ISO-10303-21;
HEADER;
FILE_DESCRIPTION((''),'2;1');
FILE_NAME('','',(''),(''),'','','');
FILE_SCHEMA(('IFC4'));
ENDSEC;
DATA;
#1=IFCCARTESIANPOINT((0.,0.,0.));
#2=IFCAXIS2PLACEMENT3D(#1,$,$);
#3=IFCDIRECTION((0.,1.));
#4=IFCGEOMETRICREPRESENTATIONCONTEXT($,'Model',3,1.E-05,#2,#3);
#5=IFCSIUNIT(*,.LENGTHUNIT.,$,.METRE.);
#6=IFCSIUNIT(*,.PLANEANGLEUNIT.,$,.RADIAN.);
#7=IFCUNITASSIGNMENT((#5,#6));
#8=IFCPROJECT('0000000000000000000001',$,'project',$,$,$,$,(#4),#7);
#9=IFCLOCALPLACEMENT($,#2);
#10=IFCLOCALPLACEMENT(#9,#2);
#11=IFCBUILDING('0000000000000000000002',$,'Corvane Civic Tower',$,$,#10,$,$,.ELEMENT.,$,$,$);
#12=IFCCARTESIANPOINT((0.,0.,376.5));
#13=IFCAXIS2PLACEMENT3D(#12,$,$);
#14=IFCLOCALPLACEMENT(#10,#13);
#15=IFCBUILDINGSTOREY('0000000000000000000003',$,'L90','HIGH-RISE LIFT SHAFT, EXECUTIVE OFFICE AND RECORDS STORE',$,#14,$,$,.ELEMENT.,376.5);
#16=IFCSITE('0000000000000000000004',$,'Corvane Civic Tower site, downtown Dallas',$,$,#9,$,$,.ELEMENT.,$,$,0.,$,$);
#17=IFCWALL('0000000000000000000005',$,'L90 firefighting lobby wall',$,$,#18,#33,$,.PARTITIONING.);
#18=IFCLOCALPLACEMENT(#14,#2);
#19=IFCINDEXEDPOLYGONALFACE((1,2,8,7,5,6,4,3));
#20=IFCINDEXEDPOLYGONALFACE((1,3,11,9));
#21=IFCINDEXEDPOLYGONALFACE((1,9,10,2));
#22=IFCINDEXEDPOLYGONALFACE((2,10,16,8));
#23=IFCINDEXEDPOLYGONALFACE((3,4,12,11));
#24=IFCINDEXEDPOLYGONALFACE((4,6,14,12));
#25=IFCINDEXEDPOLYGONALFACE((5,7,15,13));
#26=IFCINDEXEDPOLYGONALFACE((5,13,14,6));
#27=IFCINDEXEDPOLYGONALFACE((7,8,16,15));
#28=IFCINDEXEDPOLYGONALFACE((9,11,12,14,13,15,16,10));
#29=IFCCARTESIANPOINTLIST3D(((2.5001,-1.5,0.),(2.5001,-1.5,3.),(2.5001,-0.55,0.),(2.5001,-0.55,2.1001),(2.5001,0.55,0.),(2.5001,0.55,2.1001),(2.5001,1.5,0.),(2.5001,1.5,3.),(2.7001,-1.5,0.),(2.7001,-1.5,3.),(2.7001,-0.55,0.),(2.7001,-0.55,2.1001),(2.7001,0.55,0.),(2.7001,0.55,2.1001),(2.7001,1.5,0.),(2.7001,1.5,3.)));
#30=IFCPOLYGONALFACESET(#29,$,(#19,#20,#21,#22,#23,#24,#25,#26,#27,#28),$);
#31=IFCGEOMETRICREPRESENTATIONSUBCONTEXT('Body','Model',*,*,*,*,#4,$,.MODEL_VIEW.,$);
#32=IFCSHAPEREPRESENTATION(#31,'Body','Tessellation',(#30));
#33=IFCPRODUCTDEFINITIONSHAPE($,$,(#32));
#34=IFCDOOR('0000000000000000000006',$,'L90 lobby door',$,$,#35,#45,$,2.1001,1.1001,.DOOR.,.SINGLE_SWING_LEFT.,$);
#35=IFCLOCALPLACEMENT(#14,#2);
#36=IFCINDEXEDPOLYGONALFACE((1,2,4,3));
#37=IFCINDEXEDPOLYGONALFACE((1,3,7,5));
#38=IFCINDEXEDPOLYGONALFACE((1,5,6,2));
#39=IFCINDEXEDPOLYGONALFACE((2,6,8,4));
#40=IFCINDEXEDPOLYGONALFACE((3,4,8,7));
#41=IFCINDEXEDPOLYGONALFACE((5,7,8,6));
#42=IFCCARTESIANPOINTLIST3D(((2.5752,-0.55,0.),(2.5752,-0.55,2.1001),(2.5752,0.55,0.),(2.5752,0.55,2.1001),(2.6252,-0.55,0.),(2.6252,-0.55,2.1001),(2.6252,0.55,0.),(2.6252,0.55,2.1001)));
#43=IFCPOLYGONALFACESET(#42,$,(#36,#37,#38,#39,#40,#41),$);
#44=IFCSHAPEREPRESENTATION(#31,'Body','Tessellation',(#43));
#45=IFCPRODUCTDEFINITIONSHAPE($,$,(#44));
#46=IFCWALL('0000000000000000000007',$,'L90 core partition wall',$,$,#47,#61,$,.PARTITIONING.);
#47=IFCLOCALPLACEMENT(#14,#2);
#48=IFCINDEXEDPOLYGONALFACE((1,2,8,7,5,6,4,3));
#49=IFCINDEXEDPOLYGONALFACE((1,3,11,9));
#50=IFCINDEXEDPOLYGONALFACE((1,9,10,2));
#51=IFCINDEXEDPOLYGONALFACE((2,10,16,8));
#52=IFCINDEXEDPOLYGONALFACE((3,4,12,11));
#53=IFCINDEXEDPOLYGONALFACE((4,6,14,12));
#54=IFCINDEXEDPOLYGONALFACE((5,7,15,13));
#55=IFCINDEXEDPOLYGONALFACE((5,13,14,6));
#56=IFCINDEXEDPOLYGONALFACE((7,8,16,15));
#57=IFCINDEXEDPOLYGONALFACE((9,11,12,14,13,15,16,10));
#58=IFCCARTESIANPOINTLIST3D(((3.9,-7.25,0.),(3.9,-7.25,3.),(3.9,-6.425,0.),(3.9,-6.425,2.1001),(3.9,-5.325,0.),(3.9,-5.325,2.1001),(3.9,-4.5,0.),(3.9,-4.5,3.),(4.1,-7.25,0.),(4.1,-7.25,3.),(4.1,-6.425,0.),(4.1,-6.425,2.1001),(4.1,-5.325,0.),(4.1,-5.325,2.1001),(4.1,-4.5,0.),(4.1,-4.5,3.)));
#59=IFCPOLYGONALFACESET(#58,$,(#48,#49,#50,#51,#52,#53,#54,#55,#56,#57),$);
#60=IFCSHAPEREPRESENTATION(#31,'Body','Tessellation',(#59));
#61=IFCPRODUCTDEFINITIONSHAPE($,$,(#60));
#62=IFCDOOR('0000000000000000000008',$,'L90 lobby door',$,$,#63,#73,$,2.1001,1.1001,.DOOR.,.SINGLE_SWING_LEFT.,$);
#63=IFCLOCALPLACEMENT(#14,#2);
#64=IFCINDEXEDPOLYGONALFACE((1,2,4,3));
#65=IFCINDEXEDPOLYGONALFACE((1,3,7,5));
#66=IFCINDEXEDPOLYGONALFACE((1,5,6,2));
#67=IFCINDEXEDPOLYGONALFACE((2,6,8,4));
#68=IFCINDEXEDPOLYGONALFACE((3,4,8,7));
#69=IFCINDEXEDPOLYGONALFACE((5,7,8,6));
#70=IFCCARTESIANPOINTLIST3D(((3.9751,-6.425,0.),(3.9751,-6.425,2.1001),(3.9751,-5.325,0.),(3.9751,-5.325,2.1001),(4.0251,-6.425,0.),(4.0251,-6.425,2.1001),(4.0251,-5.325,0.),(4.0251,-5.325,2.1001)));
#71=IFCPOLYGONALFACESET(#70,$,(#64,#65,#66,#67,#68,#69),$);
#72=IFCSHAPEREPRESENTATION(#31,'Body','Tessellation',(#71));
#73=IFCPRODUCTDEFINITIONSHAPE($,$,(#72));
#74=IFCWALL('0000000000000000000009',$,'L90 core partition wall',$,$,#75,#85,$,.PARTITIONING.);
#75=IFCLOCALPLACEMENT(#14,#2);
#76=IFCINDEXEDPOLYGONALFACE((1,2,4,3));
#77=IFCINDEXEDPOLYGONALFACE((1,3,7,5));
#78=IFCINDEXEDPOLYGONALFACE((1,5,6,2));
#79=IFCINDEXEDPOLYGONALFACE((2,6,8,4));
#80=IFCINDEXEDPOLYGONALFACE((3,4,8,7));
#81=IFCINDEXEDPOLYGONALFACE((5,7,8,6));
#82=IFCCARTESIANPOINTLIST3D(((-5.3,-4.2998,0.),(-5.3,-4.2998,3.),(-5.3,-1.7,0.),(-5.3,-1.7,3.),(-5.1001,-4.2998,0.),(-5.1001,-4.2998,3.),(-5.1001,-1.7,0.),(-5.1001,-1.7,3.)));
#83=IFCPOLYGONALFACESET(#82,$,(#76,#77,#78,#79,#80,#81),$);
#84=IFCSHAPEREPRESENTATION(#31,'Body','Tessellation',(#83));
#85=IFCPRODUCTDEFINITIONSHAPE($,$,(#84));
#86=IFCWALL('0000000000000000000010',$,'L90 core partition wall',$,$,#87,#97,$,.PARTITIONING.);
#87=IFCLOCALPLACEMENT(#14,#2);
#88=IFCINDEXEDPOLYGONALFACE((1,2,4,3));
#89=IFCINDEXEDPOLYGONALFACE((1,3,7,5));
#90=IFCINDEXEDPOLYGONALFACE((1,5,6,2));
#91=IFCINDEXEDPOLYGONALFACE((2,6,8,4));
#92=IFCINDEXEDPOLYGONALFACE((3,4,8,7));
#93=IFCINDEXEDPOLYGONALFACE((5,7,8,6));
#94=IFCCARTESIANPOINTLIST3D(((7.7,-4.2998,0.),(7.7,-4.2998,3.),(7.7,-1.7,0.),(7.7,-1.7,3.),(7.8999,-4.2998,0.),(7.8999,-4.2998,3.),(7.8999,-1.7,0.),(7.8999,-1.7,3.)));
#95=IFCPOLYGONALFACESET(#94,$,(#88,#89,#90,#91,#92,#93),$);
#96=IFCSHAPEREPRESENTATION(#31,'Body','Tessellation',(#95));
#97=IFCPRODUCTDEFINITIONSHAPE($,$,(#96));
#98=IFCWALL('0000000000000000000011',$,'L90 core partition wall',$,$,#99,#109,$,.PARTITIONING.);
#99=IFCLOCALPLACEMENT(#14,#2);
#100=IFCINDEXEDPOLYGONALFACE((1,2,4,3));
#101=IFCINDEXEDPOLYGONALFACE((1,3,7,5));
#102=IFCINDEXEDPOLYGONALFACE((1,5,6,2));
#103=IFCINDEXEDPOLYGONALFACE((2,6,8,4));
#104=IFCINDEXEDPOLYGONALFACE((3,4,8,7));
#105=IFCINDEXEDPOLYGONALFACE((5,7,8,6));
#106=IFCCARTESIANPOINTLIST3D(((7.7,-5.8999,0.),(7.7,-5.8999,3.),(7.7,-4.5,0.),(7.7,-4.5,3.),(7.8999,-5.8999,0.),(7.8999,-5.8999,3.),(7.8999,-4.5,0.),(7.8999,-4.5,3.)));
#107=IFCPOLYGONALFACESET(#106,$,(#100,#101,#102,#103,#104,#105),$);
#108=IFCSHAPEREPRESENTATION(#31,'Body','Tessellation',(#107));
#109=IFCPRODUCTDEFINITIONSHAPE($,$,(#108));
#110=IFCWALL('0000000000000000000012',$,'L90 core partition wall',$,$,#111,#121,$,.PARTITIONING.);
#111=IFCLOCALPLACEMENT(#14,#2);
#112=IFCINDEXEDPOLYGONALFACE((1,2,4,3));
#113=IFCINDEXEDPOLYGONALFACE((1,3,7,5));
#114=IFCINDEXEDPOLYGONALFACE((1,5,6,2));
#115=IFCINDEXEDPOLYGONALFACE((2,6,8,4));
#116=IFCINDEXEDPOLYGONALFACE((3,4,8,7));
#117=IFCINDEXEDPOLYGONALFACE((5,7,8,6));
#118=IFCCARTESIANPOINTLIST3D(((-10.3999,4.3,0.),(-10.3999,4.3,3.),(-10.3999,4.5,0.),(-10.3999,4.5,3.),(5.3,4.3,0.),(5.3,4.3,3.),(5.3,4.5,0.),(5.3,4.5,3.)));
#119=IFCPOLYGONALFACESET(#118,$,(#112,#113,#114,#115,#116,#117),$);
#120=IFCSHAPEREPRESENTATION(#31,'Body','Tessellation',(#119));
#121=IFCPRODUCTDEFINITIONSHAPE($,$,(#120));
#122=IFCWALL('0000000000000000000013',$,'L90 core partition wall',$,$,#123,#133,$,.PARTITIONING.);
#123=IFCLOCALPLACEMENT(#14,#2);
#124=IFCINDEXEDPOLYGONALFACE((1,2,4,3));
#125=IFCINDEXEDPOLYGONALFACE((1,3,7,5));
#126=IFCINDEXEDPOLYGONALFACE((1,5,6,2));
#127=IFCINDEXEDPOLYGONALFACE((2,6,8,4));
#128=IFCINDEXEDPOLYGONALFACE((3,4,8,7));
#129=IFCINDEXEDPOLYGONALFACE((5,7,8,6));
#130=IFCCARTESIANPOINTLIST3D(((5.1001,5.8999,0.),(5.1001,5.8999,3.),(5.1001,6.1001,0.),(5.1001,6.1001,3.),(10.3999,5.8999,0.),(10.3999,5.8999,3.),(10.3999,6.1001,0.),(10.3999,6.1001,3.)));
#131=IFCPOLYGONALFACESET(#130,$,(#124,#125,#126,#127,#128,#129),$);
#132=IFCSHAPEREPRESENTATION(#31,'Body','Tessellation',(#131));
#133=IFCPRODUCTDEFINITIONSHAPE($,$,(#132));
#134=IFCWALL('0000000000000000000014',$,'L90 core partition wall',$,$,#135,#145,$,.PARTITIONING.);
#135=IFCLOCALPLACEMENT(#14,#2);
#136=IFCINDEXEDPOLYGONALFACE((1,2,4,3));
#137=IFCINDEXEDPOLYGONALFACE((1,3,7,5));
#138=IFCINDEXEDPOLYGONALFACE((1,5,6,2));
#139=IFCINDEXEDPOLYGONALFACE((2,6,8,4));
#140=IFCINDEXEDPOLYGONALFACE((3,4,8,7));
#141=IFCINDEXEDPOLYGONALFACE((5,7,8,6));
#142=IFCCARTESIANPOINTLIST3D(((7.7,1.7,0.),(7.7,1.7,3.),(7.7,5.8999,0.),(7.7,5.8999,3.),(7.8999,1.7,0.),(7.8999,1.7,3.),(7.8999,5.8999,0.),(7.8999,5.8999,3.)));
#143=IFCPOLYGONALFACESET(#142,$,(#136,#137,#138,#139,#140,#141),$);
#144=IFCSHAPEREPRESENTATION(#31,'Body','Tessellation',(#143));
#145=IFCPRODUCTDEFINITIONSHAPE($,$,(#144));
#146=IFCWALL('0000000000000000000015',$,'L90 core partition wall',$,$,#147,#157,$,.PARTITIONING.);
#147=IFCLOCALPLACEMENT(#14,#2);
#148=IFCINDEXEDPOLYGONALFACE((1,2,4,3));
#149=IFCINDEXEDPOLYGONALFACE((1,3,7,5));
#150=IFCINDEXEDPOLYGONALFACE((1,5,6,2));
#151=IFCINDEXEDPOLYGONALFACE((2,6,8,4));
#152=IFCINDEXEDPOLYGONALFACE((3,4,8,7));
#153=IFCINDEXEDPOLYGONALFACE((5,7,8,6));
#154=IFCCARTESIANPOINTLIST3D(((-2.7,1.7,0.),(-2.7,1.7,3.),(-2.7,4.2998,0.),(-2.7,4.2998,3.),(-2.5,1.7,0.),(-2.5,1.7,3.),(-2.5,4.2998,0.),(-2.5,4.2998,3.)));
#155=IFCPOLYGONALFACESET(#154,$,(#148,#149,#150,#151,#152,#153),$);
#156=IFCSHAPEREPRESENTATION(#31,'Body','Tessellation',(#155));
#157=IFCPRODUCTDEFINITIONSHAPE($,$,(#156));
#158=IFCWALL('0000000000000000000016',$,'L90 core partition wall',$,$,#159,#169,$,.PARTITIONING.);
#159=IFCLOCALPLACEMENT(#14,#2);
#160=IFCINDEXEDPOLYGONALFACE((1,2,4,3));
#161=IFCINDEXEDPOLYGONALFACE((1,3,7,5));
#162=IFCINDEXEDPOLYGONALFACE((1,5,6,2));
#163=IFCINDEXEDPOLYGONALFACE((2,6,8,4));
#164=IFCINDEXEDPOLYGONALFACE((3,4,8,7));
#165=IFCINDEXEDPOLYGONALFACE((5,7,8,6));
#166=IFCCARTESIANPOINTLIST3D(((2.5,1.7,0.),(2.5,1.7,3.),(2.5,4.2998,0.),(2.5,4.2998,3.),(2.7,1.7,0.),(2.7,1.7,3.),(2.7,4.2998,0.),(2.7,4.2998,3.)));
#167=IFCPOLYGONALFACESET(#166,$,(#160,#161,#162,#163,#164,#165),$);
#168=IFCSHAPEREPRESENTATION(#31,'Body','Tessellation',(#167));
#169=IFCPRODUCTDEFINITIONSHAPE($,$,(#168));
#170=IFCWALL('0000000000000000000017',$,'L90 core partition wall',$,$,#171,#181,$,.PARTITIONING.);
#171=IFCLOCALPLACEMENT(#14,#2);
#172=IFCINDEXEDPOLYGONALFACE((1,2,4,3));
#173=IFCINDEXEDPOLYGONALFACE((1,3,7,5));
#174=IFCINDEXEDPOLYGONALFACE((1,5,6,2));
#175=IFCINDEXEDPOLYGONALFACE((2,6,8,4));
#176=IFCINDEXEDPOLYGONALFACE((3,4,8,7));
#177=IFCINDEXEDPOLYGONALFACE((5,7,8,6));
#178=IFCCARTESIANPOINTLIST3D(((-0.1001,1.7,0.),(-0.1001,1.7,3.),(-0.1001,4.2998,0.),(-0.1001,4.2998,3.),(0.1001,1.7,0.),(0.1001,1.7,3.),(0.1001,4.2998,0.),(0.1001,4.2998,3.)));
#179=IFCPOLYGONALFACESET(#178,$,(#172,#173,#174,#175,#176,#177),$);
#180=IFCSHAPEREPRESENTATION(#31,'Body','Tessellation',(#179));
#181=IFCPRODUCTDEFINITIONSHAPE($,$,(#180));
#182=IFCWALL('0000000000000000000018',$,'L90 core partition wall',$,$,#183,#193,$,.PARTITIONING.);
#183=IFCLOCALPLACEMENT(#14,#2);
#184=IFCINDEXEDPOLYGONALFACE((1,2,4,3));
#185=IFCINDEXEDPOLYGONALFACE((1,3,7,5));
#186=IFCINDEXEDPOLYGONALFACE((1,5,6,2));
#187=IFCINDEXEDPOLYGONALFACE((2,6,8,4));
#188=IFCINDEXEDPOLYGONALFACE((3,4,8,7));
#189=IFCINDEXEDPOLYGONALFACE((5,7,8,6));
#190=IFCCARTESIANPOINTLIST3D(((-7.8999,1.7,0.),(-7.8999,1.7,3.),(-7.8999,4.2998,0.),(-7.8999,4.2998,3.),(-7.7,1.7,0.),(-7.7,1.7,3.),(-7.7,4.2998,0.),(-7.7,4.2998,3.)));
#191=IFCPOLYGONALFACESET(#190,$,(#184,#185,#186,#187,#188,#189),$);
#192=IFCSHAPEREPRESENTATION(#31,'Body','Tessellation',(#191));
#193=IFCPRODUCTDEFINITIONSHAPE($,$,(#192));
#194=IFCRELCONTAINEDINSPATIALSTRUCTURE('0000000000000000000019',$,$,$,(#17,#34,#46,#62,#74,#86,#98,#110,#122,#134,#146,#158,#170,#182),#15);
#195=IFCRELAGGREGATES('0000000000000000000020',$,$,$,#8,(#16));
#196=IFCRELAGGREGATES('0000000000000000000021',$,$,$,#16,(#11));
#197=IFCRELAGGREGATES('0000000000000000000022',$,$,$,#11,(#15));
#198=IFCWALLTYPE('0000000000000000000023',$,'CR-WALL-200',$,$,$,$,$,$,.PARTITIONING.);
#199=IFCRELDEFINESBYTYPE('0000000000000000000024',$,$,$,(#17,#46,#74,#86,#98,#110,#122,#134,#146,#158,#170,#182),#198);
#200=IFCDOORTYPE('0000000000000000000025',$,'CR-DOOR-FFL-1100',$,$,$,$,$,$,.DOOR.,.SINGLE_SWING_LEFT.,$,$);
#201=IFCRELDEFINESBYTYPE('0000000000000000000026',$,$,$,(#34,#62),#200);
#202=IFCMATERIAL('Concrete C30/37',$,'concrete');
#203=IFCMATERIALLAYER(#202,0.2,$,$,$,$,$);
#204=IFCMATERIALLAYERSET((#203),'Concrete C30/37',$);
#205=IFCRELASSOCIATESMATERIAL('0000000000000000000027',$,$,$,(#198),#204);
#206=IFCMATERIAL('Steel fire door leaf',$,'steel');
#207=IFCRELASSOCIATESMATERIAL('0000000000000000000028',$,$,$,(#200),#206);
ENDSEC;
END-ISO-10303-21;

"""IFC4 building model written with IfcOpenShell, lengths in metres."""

from ifc_helpers import new_model, si_unit, direction, frame, frame_2d, origin, place, context, subcontext, project, spatial, polyline, rectangle, outline, extrude, material, layer, layer_set, type_object, element, fill, save


model = new_model("IFC4")

# Units and contexts
model_context = context("Model", 3, precision=1e-05, world=origin(), true_north=direction((0.0, 1.0)))
body_context = subcontext(model_context, "Body", "Model", "MODEL_VIEW")
ifc_project = project(units=[si_unit("LENGTHUNIT", "METRE"), si_unit("PLANEANGLEUNIT", "RADIAN")], contexts=[model_context])

# Site, building, storey
site_placement = place(None, origin())
site = spatial("IfcSite", under=ifc_project, at=site_placement, Name="Corvane Civic Tower site, downtown Dallas", CompositionType="ELEMENT", RefElevation=0.0)
building_placement = place(site_placement, origin())
building = spatial("IfcBuilding", under=site, at=building_placement, Name="Corvane Civic Tower", CompositionType="ELEMENT")
storey_placement = place(building_placement, frame((0.0, 0.0, 376.5)))
storey = spatial("IfcBuildingStorey", under=building, at=storey_placement, Name="L90", Description="HIGH-RISE LIFT SHAFT, EXECUTIVE OFFICE AND RECORDS STORE", CompositionType="ELEMENT", Elevation=376.5)

# Walls, openings, doors
ifc_material_1 = material(Name="Concrete C30/37", Category="concrete")
ifc_layer_1 = layer(ifc_material_1, 0.2)
ifc_layer_set_1 = layer_set([ifc_layer_1], Name="Concrete C30/37")
wall_type_1 = type_object("IfcWallType", Name="CR-WALL-200", PredefinedType="PARTITIONING", material=ifc_layer_set_1)
wall_1_placement = place(storey_placement, frame((2.6001, -1.5, 0.0), z_axis=(0.0, 0.0, 1.0), x_axis=(0.0, 1.0, 0.0)))
wall_1 = element("IfcWall", 1, at=wall_1_placement, inside=storey, type_object=wall_type_1, Name="L90 firefighting lobby wall", PredefinedType="PARTITIONING", context=body_context, shape_type="SweptSolid", body=[
    extrude(rectangle(XDim=3.0, YDim=0.2, at=frame_2d((1.5, 0.0))), origin(), (0.0, 0.0, 1.0), 3.0),
])
opening_1_placement = place(wall_1_placement, frame((0.95, 0.0, 0.0)))
opening_1 = element("IfcOpeningElement", 2, at=opening_1_placement, cuts=wall_1, PredefinedType="OPENING", context=body_context, shape_type="SweptSolid", body=[
    extrude(rectangle(XDim=1.1001, YDim=2.1001, at=frame_2d((0.55, 1.05))), frame((0.0, 0.1099, 0.0), z_axis=(0.0, -1.0, 0.0), x_axis=(1.0, 0.0, 0.0)), (0.0, 0.0, 1.0), 0.22),
])
ifc_material_2 = material(Name="Steel fire door leaf", Category="steel")
door_type_1 = type_object("IfcDoorType", Name="CR-DOOR-FFL-1100", OperationType="SINGLE_SWING_LEFT", PredefinedType="DOOR", material=ifc_material_2)
door_1_placement = place(opening_1_placement, origin())
door_1 = element("IfcDoor", 3, at=door_1_placement, inside=storey, type_object=door_type_1, Name="L90 lobby door", OperationType="SINGLE_SWING_LEFT", OverallHeight=2.1001, OverallWidth=1.1001, PredefinedType="DOOR", context=body_context, shape_type="SweptSolid", body=[
    extrude(rectangle(XDim=1.1001, YDim=2.1001, at=frame_2d((0.55, 1.05))), frame((0.0, 0.0249, 0.0), z_axis=(0.0, -1.0, 0.0), x_axis=(1.0, 0.0, 0.0)), (0.0, 0.0, 1.0), 0.05),
])
fill(opening_1, door_1)
wall_2_placement = place(storey_placement, frame((4.0, -7.25, 0.0), z_axis=(0.0, 0.0, 1.0), x_axis=(0.0, 1.0, 0.0)))
wall_2 = element("IfcWall", 4, at=wall_2_placement, inside=storey, type_object=wall_type_1, Name="L90 core partition wall", PredefinedType="PARTITIONING", context=body_context, shape_type="SweptSolid", body=[
    extrude(rectangle(XDim=2.75, YDim=0.2, at=frame_2d((1.375, 0.0))), origin(), (0.0, 0.0, 1.0), 3.0),
])
opening_2_placement = place(wall_2_placement, frame((0.825, 0.0, 0.0)))
opening_2 = element("IfcOpeningElement", 5, at=opening_2_placement, cuts=wall_2, PredefinedType="OPENING", context=body_context, shape_type="SweptSolid", body=[
    extrude(rectangle(XDim=1.1001, YDim=2.1001, at=frame_2d((0.55, 1.05))), frame((0.0, 0.1099, 0.0), z_axis=(0.0, -1.0, 0.0), x_axis=(1.0, 0.0, 0.0)), (0.0, 0.0, 1.0), 0.22),
])
door_2_placement = place(opening_2_placement, origin())
door_2 = element("IfcDoor", 6, at=door_2_placement, inside=storey, type_object=door_type_1, Name="L90 lobby door", OperationType="SINGLE_SWING_LEFT", OverallHeight=2.1001, OverallWidth=1.1001, PredefinedType="DOOR", context=body_context, shape_type="SweptSolid", body=[
    extrude(rectangle(XDim=1.1001, YDim=2.1001, at=frame_2d((0.55, 1.05))), frame((0.0, 0.0249, 0.0), z_axis=(0.0, -1.0, 0.0), x_axis=(1.0, 0.0, 0.0)), (0.0, 0.0, 1.0), 0.05),
])
fill(opening_2, door_2)

# Walls
wall_3_placement = place(storey_placement, origin())
element("IfcWall", 7, at=wall_3_placement, inside=storey, type_object=wall_type_1, Name="L90 core partition wall", PredefinedType="PARTITIONING", context=body_context, shape_type="SweptSolid", body=[
    extrude(outline(polyline([(-5.1001, -1.7), (-5.1001, -4.2998), (-5.3, -4.2998), (-5.3, -1.7), (-5.1001, -1.7)])), origin(), (0.0, 0.0, 1.0), 3.0),
])
wall_4_placement = place(storey_placement, origin())
element("IfcWall", 8, at=wall_4_placement, inside=storey, type_object=wall_type_1, Name="L90 core partition wall", PredefinedType="PARTITIONING", context=body_context, shape_type="SweptSolid", body=[
    extrude(outline(polyline([(7.8999, -1.7), (7.8999, -4.2998), (7.7, -4.2998), (7.7, -1.7), (7.8999, -1.7)])), origin(), (0.0, 0.0, 1.0), 3.0),
])
wall_5_placement = place(storey_placement, origin())
element("IfcWall", 9, at=wall_5_placement, inside=storey, type_object=wall_type_1, Name="L90 core partition wall", PredefinedType="PARTITIONING", context=body_context, shape_type="SweptSolid", body=[
    extrude(outline(polyline([(7.8999, -5.8999), (7.7, -5.8999), (7.7, -4.5), (7.8999, -4.5), (7.8999, -5.8999)])), origin(), (0.0, 0.0, 1.0), 3.0),
])
wall_6_placement = place(storey_placement, origin())
element("IfcWall", 10, at=wall_6_placement, inside=storey, type_object=wall_type_1, Name="L90 core partition wall", PredefinedType="PARTITIONING", context=body_context, shape_type="SweptSolid", body=[
    extrude(outline(polyline([(5.3, 4.5), (5.3, 4.3), (-10.3999, 4.3), (-10.3999, 4.5), (5.3, 4.5)])), origin(), (0.0, 0.0, 1.0), 3.0),
])
wall_7_placement = place(storey_placement, origin())
element("IfcWall", 11, at=wall_7_placement, inside=storey, type_object=wall_type_1, Name="L90 core partition wall", PredefinedType="PARTITIONING", context=body_context, shape_type="SweptSolid", body=[
    extrude(outline(polyline([(10.3999, 5.8999), (5.1001, 5.8999), (5.1001, 6.1001), (10.3999, 6.1001), (10.3999, 5.8999)])), origin(), (0.0, 0.0, 1.0), 3.0),
])
wall_8_placement = place(storey_placement, origin())
element("IfcWall", 12, at=wall_8_placement, inside=storey, type_object=wall_type_1, Name="L90 core partition wall", PredefinedType="PARTITIONING", context=body_context, shape_type="SweptSolid", body=[
    extrude(outline(polyline([(7.8999, 1.7), (7.7, 1.7), (7.7, 5.8999), (7.8999, 5.8999), (7.8999, 1.7)])), origin(), (0.0, 0.0, 1.0), 3.0),
])
wall_9_placement = place(storey_placement, origin())
element("IfcWall", 13, at=wall_9_placement, inside=storey, type_object=wall_type_1, Name="L90 core partition wall", PredefinedType="PARTITIONING", context=body_context, shape_type="SweptSolid", body=[
    extrude(outline(polyline([(-2.5, 1.7), (-2.7, 1.7), (-2.7, 4.2998), (-2.5, 4.2998), (-2.5, 1.7)])), origin(), (0.0, 0.0, 1.0), 3.0),
])
wall_10_placement = place(storey_placement, origin())
element("IfcWall", 14, at=wall_10_placement, inside=storey, type_object=wall_type_1, Name="L90 core partition wall", PredefinedType="PARTITIONING", context=body_context, shape_type="SweptSolid", body=[
    extrude(outline(polyline([(2.7, 1.7), (2.5, 1.7), (2.5, 4.2998), (2.7, 4.2998), (2.7, 1.7)])), origin(), (0.0, 0.0, 1.0), 3.0),
])
wall_11_placement = place(storey_placement, origin())
element("IfcWall", 15, at=wall_11_placement, inside=storey, type_object=wall_type_1, Name="L90 core partition wall", PredefinedType="PARTITIONING", context=body_context, shape_type="SweptSolid", body=[
    extrude(outline(polyline([(0.1001, 1.7), (-0.1001, 1.7), (-0.1001, 4.2998), (0.1001, 4.2998), (0.1001, 1.7)])), origin(), (0.0, 0.0, 1.0), 3.0),
])
wall_12_placement = place(storey_placement, origin())
element("IfcWall", 16, at=wall_12_placement, inside=storey, type_object=wall_type_1, Name="L90 core partition wall", PredefinedType="PARTITIONING", context=body_context, shape_type="SweptSolid", body=[
    extrude(outline(polyline([(-7.7, 1.7), (-7.8999, 1.7), (-7.8999, 4.2998), (-7.7, 4.2998), (-7.7, 1.7)])), origin(), (0.0, 0.0, 1.0), 3.0),
])

save(model, "model.ifc")
